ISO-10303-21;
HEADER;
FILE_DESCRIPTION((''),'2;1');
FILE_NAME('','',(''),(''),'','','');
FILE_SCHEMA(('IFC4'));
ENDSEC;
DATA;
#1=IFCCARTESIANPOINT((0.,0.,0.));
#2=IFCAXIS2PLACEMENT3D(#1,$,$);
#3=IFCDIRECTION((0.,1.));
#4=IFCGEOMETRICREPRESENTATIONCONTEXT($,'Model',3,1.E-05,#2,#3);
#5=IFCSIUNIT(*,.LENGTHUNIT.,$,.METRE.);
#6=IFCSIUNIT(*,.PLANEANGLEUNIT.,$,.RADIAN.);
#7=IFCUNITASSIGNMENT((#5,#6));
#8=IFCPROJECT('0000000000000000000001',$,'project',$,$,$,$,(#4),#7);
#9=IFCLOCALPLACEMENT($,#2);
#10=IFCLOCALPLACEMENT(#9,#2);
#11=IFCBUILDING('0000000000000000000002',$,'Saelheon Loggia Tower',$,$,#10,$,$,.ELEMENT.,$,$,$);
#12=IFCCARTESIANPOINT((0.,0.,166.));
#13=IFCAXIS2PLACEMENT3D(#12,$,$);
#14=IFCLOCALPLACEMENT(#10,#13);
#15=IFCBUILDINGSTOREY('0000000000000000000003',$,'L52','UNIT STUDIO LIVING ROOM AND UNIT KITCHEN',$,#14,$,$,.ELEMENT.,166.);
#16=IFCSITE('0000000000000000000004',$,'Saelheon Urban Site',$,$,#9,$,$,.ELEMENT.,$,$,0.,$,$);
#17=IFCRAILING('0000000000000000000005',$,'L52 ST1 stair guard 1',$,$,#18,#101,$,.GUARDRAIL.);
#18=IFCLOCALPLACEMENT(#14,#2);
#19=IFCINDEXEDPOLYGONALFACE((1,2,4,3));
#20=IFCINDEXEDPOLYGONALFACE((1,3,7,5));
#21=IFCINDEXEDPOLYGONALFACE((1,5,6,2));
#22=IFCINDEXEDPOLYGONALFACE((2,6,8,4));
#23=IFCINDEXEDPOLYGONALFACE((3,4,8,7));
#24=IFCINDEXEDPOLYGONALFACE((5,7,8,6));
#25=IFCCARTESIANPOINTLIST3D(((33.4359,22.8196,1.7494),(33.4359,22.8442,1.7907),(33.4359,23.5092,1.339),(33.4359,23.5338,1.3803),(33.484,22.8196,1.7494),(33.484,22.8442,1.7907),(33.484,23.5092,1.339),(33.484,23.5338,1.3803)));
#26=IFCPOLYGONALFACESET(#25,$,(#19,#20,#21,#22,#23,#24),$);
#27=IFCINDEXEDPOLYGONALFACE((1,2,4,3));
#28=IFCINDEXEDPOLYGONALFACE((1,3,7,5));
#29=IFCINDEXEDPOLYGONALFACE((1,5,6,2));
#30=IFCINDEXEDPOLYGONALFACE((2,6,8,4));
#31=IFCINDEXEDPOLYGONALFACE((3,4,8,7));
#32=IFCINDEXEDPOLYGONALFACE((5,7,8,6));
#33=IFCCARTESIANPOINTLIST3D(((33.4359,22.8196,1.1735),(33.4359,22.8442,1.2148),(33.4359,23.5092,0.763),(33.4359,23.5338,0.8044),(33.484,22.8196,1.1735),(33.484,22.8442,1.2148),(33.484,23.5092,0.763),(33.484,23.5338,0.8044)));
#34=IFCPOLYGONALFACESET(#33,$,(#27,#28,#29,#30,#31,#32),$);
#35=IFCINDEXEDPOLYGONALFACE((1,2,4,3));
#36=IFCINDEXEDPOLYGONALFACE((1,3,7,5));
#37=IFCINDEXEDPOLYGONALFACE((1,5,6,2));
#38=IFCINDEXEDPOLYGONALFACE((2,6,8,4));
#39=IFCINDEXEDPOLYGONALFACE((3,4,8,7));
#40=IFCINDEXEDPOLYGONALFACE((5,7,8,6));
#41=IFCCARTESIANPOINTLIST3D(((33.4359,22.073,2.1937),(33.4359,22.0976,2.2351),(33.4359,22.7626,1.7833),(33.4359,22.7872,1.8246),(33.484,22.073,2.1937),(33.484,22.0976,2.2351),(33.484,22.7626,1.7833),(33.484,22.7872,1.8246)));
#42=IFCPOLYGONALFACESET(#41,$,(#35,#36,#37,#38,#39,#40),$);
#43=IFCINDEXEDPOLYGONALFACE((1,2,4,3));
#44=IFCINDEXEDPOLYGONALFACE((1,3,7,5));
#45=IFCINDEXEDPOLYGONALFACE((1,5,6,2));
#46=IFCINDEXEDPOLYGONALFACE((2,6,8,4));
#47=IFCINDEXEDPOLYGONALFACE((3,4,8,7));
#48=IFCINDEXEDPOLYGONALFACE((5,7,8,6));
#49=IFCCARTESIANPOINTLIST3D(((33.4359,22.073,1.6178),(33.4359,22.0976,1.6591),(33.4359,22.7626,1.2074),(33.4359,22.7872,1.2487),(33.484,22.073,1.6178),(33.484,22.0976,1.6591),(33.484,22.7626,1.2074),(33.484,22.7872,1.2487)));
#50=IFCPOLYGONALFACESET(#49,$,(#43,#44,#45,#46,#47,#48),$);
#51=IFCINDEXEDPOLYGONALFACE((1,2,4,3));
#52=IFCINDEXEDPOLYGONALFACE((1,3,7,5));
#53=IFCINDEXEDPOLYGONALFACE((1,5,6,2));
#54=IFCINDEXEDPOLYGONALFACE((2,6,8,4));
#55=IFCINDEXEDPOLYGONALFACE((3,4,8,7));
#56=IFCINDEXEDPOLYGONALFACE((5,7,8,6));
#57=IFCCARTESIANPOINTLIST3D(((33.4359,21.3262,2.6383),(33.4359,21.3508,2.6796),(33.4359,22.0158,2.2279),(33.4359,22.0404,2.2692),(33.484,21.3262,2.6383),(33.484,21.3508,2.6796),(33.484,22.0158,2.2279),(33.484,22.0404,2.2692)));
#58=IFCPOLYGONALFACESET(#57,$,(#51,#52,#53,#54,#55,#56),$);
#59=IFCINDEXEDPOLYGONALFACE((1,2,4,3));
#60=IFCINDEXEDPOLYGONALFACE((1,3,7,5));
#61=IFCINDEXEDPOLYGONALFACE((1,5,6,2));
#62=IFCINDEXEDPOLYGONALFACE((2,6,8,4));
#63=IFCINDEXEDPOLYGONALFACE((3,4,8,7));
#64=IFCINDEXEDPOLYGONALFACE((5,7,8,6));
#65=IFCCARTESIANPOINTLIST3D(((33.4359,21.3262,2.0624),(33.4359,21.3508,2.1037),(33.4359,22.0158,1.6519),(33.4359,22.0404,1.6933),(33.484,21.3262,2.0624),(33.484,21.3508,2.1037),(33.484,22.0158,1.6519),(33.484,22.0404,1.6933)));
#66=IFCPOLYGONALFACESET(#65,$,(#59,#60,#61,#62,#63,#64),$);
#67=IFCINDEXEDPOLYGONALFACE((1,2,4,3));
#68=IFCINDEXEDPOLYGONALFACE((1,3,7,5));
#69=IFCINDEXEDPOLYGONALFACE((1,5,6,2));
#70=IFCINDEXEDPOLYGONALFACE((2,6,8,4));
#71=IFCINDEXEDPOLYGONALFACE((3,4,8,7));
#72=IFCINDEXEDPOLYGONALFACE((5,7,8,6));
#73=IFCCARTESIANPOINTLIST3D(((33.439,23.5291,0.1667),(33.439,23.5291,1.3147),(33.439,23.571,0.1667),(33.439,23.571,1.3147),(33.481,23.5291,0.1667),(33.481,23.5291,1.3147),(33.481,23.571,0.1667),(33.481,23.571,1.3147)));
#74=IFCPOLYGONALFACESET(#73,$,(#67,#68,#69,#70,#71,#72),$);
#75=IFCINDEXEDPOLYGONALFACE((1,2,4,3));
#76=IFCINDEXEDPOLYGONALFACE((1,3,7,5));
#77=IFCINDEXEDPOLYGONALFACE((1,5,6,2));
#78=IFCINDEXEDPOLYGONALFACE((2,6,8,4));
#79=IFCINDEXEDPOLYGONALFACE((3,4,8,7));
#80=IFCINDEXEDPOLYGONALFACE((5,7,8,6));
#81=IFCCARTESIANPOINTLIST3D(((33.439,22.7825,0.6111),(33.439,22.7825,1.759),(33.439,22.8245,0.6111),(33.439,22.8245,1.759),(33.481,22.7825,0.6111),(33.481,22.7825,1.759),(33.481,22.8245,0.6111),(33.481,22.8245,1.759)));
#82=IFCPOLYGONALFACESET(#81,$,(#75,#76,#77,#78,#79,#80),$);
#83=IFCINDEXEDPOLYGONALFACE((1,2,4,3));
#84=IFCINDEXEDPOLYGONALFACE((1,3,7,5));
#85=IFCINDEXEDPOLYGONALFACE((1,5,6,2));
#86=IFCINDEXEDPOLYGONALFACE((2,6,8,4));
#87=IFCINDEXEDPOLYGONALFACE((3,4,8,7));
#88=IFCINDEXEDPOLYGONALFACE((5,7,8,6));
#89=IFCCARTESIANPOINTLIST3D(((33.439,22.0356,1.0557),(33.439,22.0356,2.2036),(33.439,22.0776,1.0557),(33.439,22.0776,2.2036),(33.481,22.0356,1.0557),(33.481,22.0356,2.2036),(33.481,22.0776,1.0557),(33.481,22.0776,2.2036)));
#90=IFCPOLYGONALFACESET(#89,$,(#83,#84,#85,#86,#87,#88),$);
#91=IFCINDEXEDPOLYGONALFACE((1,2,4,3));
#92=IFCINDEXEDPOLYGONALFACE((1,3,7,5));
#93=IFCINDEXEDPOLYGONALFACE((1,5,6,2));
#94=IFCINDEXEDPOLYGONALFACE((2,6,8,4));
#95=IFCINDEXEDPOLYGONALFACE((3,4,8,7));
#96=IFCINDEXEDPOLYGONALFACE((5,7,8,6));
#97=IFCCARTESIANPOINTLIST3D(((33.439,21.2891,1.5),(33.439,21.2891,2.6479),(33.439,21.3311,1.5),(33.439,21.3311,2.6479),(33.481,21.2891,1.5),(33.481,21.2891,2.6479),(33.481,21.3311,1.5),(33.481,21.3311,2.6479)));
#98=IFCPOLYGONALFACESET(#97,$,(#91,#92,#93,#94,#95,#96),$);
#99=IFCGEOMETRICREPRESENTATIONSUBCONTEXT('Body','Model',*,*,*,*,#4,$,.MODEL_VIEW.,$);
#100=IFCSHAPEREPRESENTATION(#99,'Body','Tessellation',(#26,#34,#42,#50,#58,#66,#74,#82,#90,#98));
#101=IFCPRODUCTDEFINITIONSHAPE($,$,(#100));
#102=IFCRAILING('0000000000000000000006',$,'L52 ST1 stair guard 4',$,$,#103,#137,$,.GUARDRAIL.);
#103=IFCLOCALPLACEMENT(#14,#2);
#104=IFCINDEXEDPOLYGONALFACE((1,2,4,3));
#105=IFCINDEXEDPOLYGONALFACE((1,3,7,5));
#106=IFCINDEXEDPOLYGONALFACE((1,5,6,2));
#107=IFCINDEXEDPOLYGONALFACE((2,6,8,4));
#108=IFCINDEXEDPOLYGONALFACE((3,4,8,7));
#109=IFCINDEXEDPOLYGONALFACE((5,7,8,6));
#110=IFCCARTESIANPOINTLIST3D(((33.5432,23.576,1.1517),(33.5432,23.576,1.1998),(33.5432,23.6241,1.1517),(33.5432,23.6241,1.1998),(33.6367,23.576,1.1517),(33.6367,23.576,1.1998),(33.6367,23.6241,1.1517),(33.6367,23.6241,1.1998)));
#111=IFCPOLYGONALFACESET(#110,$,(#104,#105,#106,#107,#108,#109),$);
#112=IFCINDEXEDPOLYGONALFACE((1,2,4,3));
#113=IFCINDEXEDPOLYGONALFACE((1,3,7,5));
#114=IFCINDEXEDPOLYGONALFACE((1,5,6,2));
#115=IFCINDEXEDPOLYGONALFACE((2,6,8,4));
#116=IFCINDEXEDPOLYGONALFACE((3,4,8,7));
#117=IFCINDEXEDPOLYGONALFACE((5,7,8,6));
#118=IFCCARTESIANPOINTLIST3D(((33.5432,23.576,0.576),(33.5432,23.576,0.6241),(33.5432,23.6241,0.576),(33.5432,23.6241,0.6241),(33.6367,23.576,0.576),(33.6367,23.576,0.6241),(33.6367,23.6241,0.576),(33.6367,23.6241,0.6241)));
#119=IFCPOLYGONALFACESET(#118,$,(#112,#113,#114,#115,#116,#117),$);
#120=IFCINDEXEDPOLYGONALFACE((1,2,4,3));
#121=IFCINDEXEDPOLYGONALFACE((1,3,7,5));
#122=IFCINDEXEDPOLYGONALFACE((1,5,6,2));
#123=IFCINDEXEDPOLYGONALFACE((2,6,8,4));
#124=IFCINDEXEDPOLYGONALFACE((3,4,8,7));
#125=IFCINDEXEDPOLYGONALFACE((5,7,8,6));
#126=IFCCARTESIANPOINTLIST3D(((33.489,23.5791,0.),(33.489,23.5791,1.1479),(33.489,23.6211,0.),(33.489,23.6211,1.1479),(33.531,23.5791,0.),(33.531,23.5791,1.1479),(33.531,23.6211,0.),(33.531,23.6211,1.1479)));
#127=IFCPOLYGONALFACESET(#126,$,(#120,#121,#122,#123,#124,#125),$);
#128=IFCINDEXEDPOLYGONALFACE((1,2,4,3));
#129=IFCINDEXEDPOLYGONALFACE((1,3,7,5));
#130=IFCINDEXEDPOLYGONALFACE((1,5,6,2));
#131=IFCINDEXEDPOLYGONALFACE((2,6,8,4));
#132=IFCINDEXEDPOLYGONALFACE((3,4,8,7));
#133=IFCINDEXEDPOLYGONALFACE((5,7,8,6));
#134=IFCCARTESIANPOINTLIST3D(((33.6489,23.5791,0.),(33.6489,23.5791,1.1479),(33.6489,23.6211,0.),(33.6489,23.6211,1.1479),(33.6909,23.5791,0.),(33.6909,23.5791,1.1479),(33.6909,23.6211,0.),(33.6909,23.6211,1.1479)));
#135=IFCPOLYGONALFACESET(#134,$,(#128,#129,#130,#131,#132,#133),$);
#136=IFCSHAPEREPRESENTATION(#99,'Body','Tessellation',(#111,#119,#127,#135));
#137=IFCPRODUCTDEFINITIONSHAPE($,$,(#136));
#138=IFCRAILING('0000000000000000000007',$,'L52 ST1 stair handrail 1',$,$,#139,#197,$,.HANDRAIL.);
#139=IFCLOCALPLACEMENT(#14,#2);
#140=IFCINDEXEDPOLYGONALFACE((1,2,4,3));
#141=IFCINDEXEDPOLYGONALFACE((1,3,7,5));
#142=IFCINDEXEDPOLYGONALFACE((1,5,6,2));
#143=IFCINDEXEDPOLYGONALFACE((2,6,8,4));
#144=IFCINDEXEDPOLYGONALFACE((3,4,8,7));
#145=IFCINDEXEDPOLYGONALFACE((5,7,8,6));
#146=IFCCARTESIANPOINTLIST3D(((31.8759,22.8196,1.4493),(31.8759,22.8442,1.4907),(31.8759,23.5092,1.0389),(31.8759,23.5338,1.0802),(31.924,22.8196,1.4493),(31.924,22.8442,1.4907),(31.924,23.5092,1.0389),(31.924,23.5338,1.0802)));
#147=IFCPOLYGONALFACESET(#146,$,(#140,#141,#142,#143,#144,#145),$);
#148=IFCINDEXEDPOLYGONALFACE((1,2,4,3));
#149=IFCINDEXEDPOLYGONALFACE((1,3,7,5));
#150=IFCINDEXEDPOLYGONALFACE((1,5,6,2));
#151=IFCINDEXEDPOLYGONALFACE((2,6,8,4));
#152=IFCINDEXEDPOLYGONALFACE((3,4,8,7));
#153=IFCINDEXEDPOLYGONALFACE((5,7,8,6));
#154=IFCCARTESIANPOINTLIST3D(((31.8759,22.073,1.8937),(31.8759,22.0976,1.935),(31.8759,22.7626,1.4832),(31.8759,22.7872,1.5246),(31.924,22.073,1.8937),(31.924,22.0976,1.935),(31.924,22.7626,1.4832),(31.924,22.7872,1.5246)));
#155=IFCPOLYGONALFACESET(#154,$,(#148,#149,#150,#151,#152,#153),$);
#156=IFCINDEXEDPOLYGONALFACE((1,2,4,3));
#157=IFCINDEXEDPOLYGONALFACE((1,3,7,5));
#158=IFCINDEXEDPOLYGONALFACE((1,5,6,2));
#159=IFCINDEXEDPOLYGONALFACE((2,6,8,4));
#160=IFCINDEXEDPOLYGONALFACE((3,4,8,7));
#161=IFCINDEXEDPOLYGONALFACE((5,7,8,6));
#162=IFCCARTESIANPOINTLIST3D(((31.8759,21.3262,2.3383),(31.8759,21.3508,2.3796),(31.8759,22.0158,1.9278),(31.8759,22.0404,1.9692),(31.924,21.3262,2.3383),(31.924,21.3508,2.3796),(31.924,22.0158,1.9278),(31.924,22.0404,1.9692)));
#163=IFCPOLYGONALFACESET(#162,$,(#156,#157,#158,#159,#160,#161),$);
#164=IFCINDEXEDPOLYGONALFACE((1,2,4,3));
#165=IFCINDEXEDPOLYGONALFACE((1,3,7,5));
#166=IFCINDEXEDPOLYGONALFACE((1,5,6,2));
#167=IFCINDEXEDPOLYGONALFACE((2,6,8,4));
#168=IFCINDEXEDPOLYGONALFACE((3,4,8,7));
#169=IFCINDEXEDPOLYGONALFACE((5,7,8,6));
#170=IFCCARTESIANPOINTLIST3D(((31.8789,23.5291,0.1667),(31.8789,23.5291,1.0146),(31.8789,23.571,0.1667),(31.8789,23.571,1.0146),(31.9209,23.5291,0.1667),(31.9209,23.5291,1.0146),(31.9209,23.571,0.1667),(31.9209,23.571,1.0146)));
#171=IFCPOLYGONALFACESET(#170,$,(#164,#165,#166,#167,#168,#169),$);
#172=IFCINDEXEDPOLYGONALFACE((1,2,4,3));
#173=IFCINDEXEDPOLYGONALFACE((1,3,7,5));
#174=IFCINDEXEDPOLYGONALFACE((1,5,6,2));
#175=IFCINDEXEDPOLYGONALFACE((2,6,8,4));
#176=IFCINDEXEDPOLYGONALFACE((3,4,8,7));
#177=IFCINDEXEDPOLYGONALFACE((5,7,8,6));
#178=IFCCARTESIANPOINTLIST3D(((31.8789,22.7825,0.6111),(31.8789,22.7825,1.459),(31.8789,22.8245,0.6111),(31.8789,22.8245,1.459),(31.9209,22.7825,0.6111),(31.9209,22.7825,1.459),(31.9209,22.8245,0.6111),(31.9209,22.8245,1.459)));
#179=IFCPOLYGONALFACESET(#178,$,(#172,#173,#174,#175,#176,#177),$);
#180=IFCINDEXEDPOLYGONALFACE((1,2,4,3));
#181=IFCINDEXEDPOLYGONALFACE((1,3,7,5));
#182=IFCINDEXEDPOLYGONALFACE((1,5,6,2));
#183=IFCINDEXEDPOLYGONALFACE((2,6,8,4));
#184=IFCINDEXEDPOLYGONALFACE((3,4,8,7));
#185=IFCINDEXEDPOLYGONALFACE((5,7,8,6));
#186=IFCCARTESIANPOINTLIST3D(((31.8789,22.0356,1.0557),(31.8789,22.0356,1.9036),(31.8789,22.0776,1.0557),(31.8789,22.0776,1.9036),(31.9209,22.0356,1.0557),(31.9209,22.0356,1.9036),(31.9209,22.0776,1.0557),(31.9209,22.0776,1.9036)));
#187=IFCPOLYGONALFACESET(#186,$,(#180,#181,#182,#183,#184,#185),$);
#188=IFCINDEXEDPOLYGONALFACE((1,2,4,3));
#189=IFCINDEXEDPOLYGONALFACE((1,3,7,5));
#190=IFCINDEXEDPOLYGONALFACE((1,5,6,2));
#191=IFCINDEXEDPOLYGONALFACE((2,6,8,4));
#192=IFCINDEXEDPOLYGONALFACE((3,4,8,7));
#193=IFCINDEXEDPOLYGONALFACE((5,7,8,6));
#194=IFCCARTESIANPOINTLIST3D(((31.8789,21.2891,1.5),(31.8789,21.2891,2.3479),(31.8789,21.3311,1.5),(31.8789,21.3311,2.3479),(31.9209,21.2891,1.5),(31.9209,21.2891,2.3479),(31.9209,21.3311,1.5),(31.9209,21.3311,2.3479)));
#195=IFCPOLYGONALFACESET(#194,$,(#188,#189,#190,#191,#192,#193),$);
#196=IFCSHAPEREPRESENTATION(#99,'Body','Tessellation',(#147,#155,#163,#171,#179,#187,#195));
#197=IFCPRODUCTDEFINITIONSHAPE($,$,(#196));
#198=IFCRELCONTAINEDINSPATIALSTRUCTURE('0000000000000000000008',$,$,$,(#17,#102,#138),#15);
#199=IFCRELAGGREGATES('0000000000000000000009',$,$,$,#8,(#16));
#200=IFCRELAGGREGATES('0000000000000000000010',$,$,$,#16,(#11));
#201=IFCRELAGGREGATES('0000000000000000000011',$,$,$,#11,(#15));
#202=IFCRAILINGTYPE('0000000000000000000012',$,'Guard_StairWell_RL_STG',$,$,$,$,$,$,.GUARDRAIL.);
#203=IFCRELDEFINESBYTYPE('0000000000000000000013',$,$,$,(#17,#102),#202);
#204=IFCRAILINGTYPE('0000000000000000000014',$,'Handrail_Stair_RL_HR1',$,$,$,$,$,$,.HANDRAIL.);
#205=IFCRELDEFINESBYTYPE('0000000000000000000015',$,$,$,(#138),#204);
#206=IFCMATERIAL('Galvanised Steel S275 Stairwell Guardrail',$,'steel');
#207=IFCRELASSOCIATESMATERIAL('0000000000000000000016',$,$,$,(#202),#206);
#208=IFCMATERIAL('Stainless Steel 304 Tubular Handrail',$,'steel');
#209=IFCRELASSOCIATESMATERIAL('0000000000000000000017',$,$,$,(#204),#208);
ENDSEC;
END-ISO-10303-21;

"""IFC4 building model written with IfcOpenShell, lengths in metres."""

from ifc_helpers import new_model, si_unit, direction, frame, origin, origin_2d, place, context, subcontext, project, spatial, rectangle, extrude, material, type_object, element, save


model = new_model("IFC4")

# Units and contexts
model_context = context("Model", 3, precision=1e-05, world=origin(), true_north=direction((0.0, 1.0)))
body_context = subcontext(model_context, "Body", "Model", "MODEL_VIEW")
ifc_project = project(units=[si_unit("LENGTHUNIT", "METRE"), si_unit("PLANEANGLEUNIT", "RADIAN")], contexts=[model_context])

# Site, building, storey
site_placement = place(None, origin())
site = spatial("IfcSite", under=ifc_project, at=site_placement, Name="Saelheon Urban Site", CompositionType="ELEMENT", RefElevation=0.0)
building_placement = place(site_placement, origin())
building = spatial("IfcBuilding", under=site, at=building_placement, Name="Saelheon Loggia Tower", CompositionType="ELEMENT")
storey_placement = place(building_placement, frame((0.0, 0.0, 166.0)))
storey = spatial("IfcBuildingStorey", under=building, at=storey_placement, Name="L52", Description="UNIT STUDIO LIVING ROOM AND UNIT KITCHEN", CompositionType="ELEMENT", Elevation=166.0)

# Railings
ifc_material_1 = material(Name="Galvanised Steel S275 Stairwell Guardrail", Category="steel")
railing_type_1 = type_object("IfcRailingType", Name="Guard_StairWell_RL_STG", PredefinedType="GUARDRAIL", material=ifc_material_1)
railing_1_placement = place(storey_placement, frame((33.46, 23.55, 0.1667)))
element("IfcRailing", 1, at=railing_1_placement, inside=storey, type_object=railing_type_1, Name="L52 ST1 stair guard 1", PredefinedType="GUARDRAIL", context=body_context, shape_type="SweptSolid", body=[
    extrude(rectangle(XDim=0.0481, YDim=0.0481, at=origin_2d()), frame((0.0, -0.0286, 1.1929), z_axis=(0.0, -0.859306, 0.511462), x_axis=(1.0, 0.0, 0.0)), (0.0, 0.0, 1.0), 0.8025),
    extrude(rectangle(XDim=0.0481, YDim=0.0481, at=origin_2d()), frame((0.0, -0.0286, 0.6169), z_axis=(0.0, -0.859306, 0.511462), x_axis=(1.0, 0.0, 0.0)), (0.0, 0.0, 1.0), 0.8025),
    extrude(rectangle(XDim=0.0481, YDim=0.0481, at=origin_2d()), frame((0.0, -0.7751, 1.6372), z_axis=(0.0, -0.859306, 0.511462), x_axis=(1.0, 0.0, 0.0)), (0.0, 0.0, 1.0), 0.8025),
    extrude(rectangle(XDim=0.0481, YDim=0.0481, at=origin_2d()), frame((0.0, -0.7751, 1.0613), z_axis=(0.0, -0.859306, 0.511462), x_axis=(1.0, 0.0, 0.0)), (0.0, 0.0, 1.0), 0.8025),
    extrude(rectangle(XDim=0.0481, YDim=0.0481, at=origin_2d()), frame((0.0, -1.522, 2.0818), z_axis=(0.0, -0.859306, 0.511462), x_axis=(1.0, 0.0, 0.0)), (0.0, 0.0, 1.0), 0.8025),
    extrude(rectangle(XDim=0.0481, YDim=0.0481, at=origin_2d()), frame((0.0, -1.522, 1.5059), z_axis=(0.0, -0.859306, 0.511462), x_axis=(1.0, 0.0, 0.0)), (0.0, 0.0, 1.0), 0.8025),
    extrude(rectangle(XDim=0.042, YDim=0.042, at=origin_2d()), origin(), (0.0, 0.0, 1.0), 1.1479),
    extrude(rectangle(XDim=0.042, YDim=0.042, at=origin_2d()), frame((0.0, -0.7466, 0.4443)), (0.0, 0.0, 1.0), 1.1479),
    extrude(rectangle(XDim=0.042, YDim=0.042, at=origin_2d()), frame((0.0, -1.4934, 0.8889)), (0.0, 0.0, 1.0), 1.1479),
    extrude(rectangle(XDim=0.042, YDim=0.042, at=origin_2d()), frame((0.0, -2.24, 1.3333)), (0.0, 0.0, 1.0), 1.1479),
])
railing_2_placement = place(storey_placement, frame((33.51, 23.6001, 0.0)))
element("IfcRailing", 2, at=railing_2_placement, inside=storey, type_object=railing_type_1, Name="L52 ST1 stair guard 4", PredefinedType="GUARDRAIL", context=body_context, shape_type="SweptSolid", body=[
    extrude(rectangle(XDim=0.0481, YDim=0.0481, at=origin_2d()), frame((0.0332, 0.0, 1.1758), z_axis=(1.0, 0.0, 0.0), x_axis=(0.0, 1.0, 0.0)), (0.0, 0.0, 1.0), 0.0935),
    extrude(rectangle(XDim=0.0481, YDim=0.0481, at=origin_2d()), frame((0.0332, 0.0, 0.6001), z_axis=(1.0, 0.0, 0.0), x_axis=(0.0, 1.0, 0.0)), (0.0, 0.0, 1.0), 0.0935),
    extrude(rectangle(XDim=0.042, YDim=0.042, at=origin_2d()), origin(), (0.0, 0.0, 1.0), 1.1479),
    extrude(rectangle(XDim=0.042, YDim=0.042, at=origin_2d()), frame((0.1599, 0.0, 0.0)), (0.0, 0.0, 1.0), 1.1479),
])
ifc_material_2 = material(Name="Stainless Steel 304 Tubular Handrail", Category="steel")
railing_type_2 = type_object("IfcRailingType", Name="Handrail_Stair_RL_HR1", PredefinedType="HANDRAIL", material=ifc_material_2)
railing_3_placement = place(storey_placement, frame((31.8999, 23.55, 0.1667)))
element("IfcRailing", 3, at=railing_3_placement, inside=storey, type_object=railing_type_2, Name="L52 ST1 stair handrail 1", PredefinedType="HANDRAIL", context=body_context, shape_type="SweptSolid", body=[
    extrude(rectangle(XDim=0.0481, YDim=0.0481, at=origin_2d()), frame((0.0, -0.0286, 0.8928), z_axis=(0.0, -0.859306, 0.511462), x_axis=(1.0, 0.0, 0.0)), (0.0, 0.0, 1.0), 0.8025),
    extrude(rectangle(XDim=0.0481, YDim=0.0481, at=origin_2d()), frame((0.0, -0.7751, 1.3372), z_axis=(0.0, -0.859306, 0.511462), x_axis=(1.0, 0.0, 0.0)), (0.0, 0.0, 1.0), 0.8025),
    extrude(rectangle(XDim=0.0481, YDim=0.0481, at=origin_2d()), frame((0.0, -1.522, 1.7817), z_axis=(0.0, -0.859306, 0.511462), x_axis=(1.0, 0.0, 0.0)), (0.0, 0.0, 1.0), 0.8025),
    extrude(rectangle(XDim=0.042, YDim=0.042, at=origin_2d()), origin(), (0.0, 0.0, 1.0), 0.8479),
    extrude(rectangle(XDim=0.042, YDim=0.042, at=origin_2d()), frame((0.0, -0.7466, 0.4443)), (0.0, 0.0, 1.0), 0.8479),
    extrude(rectangle(XDim=0.042, YDim=0.042, at=origin_2d()), frame((0.0, -1.4934, 0.8889)), (0.0, 0.0, 1.0), 0.8479),
    extrude(rectangle(XDim=0.042, YDim=0.042, at=origin_2d()), frame((0.0, -2.24, 1.3333)), (0.0, 0.0, 1.0), 0.8479),
])

save(model, "model.ifc")
